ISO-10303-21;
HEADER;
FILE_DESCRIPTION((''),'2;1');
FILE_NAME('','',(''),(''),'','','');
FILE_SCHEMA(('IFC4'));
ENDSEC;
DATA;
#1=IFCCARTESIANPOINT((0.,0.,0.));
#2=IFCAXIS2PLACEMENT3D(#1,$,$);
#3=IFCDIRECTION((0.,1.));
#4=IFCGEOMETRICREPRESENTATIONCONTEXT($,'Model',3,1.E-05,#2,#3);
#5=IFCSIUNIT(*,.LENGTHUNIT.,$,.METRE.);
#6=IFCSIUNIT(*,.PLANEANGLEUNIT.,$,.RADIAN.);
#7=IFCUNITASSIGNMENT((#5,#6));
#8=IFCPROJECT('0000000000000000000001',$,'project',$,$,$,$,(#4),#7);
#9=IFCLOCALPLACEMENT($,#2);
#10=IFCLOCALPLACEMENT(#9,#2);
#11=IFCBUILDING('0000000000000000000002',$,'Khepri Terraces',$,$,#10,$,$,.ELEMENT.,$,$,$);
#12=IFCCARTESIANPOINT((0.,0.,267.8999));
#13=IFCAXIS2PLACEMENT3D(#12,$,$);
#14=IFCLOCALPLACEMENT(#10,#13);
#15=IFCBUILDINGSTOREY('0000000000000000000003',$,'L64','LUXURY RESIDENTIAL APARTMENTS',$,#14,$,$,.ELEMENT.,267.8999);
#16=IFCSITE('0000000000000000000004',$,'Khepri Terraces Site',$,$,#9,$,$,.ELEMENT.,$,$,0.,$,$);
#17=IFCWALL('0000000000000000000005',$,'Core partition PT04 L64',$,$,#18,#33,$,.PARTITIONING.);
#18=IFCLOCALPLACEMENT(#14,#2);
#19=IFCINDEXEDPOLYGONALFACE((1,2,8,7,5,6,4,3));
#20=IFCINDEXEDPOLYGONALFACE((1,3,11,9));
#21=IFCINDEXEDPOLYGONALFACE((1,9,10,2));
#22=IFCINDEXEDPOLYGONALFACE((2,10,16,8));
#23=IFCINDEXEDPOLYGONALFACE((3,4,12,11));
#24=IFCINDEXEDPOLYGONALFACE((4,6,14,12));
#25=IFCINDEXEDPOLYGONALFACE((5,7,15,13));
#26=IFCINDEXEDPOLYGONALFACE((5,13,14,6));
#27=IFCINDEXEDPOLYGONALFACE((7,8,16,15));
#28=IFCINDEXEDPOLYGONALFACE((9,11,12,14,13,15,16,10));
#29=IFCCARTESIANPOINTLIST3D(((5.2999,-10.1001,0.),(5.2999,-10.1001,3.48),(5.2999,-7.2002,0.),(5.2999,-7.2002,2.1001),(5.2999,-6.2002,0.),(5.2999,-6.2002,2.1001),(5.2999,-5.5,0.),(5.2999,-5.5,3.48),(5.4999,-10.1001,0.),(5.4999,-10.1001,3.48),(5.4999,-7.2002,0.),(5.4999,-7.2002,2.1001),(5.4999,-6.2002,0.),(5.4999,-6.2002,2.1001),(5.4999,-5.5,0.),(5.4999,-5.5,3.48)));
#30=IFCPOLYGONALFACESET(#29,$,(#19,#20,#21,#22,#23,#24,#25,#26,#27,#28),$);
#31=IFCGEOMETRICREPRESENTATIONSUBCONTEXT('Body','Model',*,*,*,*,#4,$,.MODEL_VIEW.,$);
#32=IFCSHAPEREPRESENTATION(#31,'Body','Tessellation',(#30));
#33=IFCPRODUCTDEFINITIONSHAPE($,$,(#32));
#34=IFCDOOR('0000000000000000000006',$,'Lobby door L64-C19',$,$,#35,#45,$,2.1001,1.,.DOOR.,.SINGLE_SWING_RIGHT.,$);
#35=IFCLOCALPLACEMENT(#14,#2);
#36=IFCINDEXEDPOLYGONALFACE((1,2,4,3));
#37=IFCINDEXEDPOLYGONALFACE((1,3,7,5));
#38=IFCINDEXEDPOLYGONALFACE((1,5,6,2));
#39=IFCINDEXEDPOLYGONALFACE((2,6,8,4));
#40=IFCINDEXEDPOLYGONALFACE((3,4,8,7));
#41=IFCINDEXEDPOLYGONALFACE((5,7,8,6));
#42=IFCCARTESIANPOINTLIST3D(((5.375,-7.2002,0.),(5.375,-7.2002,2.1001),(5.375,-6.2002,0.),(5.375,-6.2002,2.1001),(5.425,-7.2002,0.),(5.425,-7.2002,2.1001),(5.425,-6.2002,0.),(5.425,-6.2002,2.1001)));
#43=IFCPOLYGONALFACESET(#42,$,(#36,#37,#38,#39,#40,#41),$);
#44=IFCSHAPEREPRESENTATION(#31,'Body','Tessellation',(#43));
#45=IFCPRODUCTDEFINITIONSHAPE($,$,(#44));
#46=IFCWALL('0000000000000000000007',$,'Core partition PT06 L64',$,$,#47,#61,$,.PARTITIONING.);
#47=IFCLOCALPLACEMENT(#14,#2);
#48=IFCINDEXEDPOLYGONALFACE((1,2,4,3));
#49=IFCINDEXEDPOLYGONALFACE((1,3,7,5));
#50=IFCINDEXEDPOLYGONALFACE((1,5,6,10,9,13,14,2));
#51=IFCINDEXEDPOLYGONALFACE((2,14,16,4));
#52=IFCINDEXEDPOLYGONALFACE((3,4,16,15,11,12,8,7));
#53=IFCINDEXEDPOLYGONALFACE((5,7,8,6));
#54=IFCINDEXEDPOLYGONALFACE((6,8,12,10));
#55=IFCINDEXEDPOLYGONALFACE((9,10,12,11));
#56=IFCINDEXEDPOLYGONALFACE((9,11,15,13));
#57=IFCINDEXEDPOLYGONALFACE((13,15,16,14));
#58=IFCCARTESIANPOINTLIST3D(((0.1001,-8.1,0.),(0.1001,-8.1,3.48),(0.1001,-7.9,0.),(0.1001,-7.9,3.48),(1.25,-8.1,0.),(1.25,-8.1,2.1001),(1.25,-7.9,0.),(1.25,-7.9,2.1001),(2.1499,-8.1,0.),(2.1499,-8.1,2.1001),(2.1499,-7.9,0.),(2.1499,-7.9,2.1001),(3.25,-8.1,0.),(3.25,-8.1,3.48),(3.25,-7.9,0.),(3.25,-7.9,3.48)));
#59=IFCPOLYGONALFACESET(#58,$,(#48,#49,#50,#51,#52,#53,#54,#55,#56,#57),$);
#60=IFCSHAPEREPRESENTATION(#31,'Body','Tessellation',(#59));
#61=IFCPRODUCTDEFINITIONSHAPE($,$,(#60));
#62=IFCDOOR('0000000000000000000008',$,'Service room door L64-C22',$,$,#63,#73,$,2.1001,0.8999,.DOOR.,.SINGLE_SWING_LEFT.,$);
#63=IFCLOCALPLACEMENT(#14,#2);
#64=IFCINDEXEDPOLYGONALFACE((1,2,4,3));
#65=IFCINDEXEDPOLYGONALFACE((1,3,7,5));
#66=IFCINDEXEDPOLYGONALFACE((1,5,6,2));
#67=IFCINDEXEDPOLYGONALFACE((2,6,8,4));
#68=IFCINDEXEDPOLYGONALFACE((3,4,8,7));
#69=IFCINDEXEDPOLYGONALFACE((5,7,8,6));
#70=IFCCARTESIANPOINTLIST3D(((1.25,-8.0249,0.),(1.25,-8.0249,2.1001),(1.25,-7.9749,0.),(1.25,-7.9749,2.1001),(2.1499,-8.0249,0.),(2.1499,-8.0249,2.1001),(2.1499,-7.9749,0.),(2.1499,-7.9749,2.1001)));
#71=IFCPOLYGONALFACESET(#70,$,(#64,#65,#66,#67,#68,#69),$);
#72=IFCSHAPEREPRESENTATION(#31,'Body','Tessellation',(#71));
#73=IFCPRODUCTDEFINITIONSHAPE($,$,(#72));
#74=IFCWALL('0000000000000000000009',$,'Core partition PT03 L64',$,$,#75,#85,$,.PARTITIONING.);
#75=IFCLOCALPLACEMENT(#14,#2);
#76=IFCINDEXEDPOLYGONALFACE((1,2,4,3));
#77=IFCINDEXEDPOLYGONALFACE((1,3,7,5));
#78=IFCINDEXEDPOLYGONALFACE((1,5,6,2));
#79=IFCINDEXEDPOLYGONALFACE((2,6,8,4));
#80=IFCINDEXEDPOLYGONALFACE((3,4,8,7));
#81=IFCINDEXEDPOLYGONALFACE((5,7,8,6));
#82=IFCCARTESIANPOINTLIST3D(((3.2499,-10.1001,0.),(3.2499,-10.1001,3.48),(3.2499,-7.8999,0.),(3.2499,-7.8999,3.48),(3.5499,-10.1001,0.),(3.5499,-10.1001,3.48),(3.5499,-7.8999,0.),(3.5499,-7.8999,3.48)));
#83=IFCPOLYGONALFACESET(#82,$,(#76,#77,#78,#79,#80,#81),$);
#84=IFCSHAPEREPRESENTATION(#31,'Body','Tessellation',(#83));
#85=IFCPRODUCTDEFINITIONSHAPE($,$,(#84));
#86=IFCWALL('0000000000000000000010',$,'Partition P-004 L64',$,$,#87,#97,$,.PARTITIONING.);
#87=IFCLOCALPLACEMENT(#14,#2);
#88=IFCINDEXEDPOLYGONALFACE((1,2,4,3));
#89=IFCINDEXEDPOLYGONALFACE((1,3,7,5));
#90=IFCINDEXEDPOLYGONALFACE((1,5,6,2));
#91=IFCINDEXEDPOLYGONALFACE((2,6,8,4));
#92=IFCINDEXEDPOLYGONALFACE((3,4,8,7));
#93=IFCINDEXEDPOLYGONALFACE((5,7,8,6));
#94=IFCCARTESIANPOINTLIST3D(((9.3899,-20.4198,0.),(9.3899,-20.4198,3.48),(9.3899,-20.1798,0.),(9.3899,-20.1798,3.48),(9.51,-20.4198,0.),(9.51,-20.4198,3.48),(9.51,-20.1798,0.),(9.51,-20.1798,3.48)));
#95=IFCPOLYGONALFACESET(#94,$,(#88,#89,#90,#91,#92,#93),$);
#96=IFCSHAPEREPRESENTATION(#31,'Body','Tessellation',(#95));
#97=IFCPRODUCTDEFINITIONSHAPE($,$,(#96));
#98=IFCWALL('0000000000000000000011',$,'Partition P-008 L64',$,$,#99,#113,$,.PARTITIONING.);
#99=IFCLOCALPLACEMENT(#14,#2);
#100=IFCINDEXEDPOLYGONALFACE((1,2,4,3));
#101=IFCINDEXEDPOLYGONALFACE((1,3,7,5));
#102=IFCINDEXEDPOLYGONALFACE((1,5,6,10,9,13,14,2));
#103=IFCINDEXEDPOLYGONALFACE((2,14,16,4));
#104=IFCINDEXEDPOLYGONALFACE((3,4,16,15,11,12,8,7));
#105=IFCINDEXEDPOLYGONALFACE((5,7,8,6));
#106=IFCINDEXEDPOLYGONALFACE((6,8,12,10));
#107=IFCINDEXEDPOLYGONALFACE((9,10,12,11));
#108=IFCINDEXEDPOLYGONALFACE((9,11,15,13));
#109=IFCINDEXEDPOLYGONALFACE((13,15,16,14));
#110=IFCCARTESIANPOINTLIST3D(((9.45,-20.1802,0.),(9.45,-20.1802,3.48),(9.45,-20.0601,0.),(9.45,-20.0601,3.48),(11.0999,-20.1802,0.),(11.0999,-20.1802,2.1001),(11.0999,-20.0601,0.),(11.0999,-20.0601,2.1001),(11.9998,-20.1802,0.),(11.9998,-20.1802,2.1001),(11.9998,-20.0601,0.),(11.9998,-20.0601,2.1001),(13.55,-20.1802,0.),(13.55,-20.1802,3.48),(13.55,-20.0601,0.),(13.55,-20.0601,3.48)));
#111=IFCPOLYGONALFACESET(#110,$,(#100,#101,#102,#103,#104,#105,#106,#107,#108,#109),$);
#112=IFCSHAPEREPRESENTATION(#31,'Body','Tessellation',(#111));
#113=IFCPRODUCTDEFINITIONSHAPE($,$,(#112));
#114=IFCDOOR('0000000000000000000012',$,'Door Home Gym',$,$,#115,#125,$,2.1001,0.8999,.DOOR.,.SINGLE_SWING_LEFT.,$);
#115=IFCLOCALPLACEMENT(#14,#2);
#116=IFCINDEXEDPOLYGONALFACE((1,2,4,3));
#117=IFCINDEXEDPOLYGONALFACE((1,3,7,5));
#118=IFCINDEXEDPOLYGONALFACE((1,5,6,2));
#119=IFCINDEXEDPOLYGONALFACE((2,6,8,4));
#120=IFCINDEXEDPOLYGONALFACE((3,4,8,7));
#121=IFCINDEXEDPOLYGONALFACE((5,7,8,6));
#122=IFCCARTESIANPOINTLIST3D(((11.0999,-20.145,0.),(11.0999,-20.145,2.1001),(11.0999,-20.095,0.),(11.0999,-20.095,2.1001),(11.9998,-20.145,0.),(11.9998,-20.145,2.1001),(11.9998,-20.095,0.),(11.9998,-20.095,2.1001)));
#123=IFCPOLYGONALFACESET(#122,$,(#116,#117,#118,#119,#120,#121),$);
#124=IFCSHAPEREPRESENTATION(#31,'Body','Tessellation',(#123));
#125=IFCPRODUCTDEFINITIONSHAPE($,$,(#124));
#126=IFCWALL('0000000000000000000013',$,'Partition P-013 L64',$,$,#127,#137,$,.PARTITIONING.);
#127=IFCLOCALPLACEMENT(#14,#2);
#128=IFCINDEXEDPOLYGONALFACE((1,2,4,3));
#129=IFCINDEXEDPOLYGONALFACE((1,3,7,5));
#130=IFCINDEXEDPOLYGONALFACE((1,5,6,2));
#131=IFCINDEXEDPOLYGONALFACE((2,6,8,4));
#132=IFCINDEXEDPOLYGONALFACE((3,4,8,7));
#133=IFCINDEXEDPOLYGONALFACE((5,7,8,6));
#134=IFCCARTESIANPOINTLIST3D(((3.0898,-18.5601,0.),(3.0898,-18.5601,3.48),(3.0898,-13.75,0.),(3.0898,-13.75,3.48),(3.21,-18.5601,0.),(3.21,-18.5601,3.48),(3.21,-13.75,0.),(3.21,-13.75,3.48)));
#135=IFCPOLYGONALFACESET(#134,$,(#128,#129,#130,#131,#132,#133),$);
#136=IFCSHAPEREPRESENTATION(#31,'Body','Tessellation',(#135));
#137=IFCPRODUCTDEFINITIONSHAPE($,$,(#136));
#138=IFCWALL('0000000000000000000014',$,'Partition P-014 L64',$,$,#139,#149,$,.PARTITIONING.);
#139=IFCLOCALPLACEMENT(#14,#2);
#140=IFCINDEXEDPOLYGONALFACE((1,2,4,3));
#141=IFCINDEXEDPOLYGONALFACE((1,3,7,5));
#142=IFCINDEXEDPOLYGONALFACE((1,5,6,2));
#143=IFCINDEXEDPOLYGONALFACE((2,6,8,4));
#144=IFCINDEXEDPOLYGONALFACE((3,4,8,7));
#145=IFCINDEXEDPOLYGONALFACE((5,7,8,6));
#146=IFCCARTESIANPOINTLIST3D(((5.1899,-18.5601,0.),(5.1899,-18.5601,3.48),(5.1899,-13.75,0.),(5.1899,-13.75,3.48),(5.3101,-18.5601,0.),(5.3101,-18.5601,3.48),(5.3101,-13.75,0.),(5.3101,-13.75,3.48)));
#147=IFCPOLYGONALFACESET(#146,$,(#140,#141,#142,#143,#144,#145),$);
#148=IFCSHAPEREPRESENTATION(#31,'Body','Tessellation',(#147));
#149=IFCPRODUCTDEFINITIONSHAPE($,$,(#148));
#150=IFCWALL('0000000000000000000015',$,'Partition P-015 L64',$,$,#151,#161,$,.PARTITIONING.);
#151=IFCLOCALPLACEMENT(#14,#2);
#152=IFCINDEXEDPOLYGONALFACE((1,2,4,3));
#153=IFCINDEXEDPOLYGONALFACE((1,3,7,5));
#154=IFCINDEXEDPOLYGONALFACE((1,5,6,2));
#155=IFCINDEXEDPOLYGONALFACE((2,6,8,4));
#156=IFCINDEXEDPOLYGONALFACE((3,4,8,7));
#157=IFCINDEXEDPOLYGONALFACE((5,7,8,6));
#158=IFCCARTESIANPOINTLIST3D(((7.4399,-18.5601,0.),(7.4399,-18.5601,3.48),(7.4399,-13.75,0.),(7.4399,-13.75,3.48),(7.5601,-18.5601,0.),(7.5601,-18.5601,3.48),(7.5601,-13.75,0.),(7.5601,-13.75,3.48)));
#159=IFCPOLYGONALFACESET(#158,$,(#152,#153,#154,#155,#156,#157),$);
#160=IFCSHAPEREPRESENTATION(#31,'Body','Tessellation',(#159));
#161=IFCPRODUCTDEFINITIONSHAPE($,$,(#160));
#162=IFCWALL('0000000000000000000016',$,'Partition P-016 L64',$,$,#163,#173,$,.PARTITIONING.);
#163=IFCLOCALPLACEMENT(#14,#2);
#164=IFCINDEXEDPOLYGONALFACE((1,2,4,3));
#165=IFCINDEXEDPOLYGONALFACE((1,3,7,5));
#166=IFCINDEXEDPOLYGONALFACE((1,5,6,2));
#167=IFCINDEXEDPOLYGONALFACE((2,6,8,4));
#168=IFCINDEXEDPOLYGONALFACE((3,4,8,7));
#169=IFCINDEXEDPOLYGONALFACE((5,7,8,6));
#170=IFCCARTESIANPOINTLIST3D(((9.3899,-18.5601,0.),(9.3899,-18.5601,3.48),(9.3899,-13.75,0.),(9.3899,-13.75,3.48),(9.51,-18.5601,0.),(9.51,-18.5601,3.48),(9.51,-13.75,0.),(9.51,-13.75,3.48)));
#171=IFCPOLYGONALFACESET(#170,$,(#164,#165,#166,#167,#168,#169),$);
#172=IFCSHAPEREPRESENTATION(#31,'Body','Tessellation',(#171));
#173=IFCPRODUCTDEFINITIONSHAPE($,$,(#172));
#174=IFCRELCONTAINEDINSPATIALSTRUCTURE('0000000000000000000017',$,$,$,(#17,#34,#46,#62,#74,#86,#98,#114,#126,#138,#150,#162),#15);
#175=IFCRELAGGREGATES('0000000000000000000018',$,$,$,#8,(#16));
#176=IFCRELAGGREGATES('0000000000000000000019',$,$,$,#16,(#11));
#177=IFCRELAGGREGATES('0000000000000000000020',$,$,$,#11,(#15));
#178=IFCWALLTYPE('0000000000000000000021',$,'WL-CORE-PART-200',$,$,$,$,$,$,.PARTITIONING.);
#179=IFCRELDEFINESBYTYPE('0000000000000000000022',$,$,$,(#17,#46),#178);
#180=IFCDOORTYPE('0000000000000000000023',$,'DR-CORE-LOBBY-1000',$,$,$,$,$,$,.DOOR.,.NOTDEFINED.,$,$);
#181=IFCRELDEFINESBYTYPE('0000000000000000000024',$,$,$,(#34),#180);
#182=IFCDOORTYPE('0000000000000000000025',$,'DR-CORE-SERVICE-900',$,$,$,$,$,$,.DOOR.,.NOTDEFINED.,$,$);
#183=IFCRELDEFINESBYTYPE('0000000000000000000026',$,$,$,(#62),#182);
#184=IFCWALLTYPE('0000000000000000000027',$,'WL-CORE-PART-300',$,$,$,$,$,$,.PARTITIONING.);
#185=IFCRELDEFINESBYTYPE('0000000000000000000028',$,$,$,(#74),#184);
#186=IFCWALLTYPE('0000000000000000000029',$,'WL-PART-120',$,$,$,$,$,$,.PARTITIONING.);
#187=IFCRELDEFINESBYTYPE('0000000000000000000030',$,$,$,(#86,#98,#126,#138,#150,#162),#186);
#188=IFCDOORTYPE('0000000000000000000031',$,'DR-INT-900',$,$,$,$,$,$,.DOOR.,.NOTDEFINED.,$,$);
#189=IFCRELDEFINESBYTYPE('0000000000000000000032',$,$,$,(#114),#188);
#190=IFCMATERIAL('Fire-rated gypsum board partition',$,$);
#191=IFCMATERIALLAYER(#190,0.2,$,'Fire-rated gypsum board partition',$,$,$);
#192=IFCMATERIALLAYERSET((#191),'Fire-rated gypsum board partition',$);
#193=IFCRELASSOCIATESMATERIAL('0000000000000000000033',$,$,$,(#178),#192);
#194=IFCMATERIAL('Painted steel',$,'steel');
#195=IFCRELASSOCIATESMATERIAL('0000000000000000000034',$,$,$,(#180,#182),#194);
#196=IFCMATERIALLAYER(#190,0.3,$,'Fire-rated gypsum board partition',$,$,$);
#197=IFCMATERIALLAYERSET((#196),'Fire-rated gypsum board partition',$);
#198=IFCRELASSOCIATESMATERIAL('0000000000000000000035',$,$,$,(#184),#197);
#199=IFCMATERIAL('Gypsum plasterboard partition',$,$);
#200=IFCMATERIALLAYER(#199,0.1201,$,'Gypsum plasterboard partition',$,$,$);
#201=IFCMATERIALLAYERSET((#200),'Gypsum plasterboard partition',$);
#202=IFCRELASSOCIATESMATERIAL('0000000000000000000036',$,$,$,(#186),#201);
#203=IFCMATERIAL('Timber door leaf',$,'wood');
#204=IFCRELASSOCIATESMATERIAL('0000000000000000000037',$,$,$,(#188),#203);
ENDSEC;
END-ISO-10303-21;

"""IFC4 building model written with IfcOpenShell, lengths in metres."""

from ifc_helpers import new_model, si_unit, direction, frame, frame_2d, origin, place, context, subcontext, project, spatial, rectangle, extrude, material, layer, layer_set, type_object, element, fill, save


model = new_model("IFC4")

# Units and contexts
model_context = context("Model", 3, precision=1e-05, world=origin(), true_north=direction((0.0, 1.0)))
body_context = subcontext(model_context, "Body", "Model", "MODEL_VIEW")
ifc_project = project(units=[si_unit("LENGTHUNIT", "METRE"), si_unit("PLANEANGLEUNIT", "RADIAN")], contexts=[model_context])

# Site, building, storey
site_placement = place(None, origin())
site = spatial("IfcSite", under=ifc_project, at=site_placement, Name="Khepri Terraces Site", CompositionType="ELEMENT", RefElevation=0.0)
building_placement = place(site_placement, origin())
building = spatial("IfcBuilding", under=site, at=building_placement, Name="Khepri Terraces", CompositionType="ELEMENT")
storey_placement = place(building_placement, frame((0.0, 0.0, 267.8999)))
storey = spatial("IfcBuildingStorey", under=building, at=storey_placement, Name="L64", Description="LUXURY RESIDENTIAL APARTMENTS", CompositionType="ELEMENT", Elevation=267.8999)

# Shared definitions
ifc_material_1 = material(Name="Fire-rated gypsum board partition")
ifc_layer_1 = layer(ifc_material_1, 0.2, Name="Fire-rated gypsum board partition")
ifc_layer_set_1 = layer_set([ifc_layer_1], Name="Fire-rated gypsum board partition")
wall_type_1 = type_object("IfcWallType", Name="WL-CORE-PART-200", PredefinedType="PARTITIONING", material=ifc_layer_set_1)

# Walls, openings, doors
wall_1_placement = place(storey_placement, frame((5.3999, -10.1001, 0.0), z_axis=(0.0, 0.0, 1.0), x_axis=(0.0, 1.0, 0.0)))
wall_1 = element("IfcWall", 1, at=wall_1_placement, inside=storey, type_object=wall_type_1, Name="Core partition PT04 L64", PredefinedType="PARTITIONING", context=body_context, shape_type="SweptSolid", body=[
    extrude(rectangle(XDim=4.6001, YDim=0.2, at=frame_2d((2.3, 0.0))), origin(), (0.0, 0.0, 1.0), 3.48),
])
opening_1_placement = place(wall_1_placement, frame((2.8999, 0.0, 0.0)))
opening_1 = element("IfcOpeningElement", 2, at=opening_1_placement, cuts=wall_1, PredefinedType="OPENING", context=body_context, shape_type="SweptSolid", body=[
    extrude(rectangle(XDim=1.0, YDim=2.1001, at=frame_2d((0.5, 1.05))), frame((0.0, 0.1099, 0.0), z_axis=(0.0, -1.0, 0.0), x_axis=(1.0, 0.0, 0.0)), (0.0, 0.0, 1.0), 0.22),
])
ifc_material_2 = material(Name="Painted steel", Category="steel")
door_type_1 = type_object("IfcDoorType", Name="DR-CORE-LOBBY-1000", OperationType="NOTDEFINED", PredefinedType="DOOR", material=ifc_material_2)
door_1_placement = place(opening_1_placement, origin())
door_1 = element("IfcDoor", 3, at=door_1_placement, inside=storey, type_object=door_type_1, Name="Lobby door L64-C19", OperationType="SINGLE_SWING_RIGHT", OverallHeight=2.1001, OverallWidth=1.0, PredefinedType="DOOR", context=body_context, shape_type="SweptSolid", body=[
    extrude(rectangle(XDim=1.0, YDim=2.1001, at=frame_2d((0.5, 1.05))), frame((0.0, 0.0249, 0.0), z_axis=(0.0, -1.0, 0.0), x_axis=(1.0, 0.0, 0.0)), (0.0, 0.0, 1.0), 0.05),
])
fill(opening_1, door_1)
wall_2_placement = place(storey_placement, frame((0.1001, -8.0, 0.0), z_axis=(0.0, 0.0, 1.0), x_axis=(1.0, 0.0, 0.0)))
wall_2 = element("IfcWall", 4, at=wall_2_placement, inside=storey, type_object=wall_type_1, Name="Core partition PT06 L64", PredefinedType="PARTITIONING", context=body_context, shape_type="SweptSolid", body=[
    extrude(rectangle(XDim=3.1499, YDim=0.2, at=frame_2d((1.575, 0.0))), origin(), (0.0, 0.0, 1.0), 3.48),
])
opening_2_placement = place(wall_2_placement, frame((1.1499, 0.0, 0.0)))
opening_2 = element("IfcOpeningElement", 5, at=opening_2_placement, cuts=wall_2, PredefinedType="OPENING", context=body_context, shape_type="SweptSolid", body=[
    extrude(rectangle(XDim=0.8999, YDim=2.1001, at=frame_2d((0.45, 1.05))), frame((0.0, 0.1099, 0.0), z_axis=(0.0, -1.0, 0.0), x_axis=(1.0, 0.0, 0.0)), (0.0, 0.0, 1.0), 0.22),
])
door_type_2 = type_object("IfcDoorType", Name="DR-CORE-SERVICE-900", OperationType="NOTDEFINED", PredefinedType="DOOR", material=ifc_material_2)
door_2_placement = place(opening_2_placement, frame((0.8999, 0.0, 0.0), z_axis=(0.0, 0.0, 1.0), x_axis=(-1.0, 0.0, 0.0)))
door_2 = element("IfcDoor", 6, at=door_2_placement, inside=storey, type_object=door_type_2, Name="Service room door L64-C22", OperationType="SINGLE_SWING_LEFT", OverallHeight=2.1001, OverallWidth=0.8999, PredefinedType="DOOR", context=body_context, shape_type="SweptSolid", body=[
    extrude(rectangle(XDim=0.8999, YDim=2.1001, at=frame_2d((0.45, 1.05))), frame((0.0, 0.0249, 0.0), z_axis=(0.0, -1.0, 0.0), x_axis=(1.0, 0.0, 0.0)), (0.0, 0.0, 1.0), 0.05),
])
fill(opening_2, door_2)

# Walls
ifc_layer_2 = layer(ifc_material_1, 0.3, Name="Fire-rated gypsum board partition")
ifc_layer_set_2 = layer_set([ifc_layer_2], Name="Fire-rated gypsum board partition")
wall_type_2 = type_object("IfcWallType", Name="WL-CORE-PART-300", PredefinedType="PARTITIONING", material=ifc_layer_set_2)
wall_3_placement = place(storey_placement, frame((3.3999, -10.1001, 0.0), z_axis=(0.0, 0.0, 1.0), x_axis=(0.0, 1.0, 0.0)))
element("IfcWall", 7, at=wall_3_placement, inside=storey, type_object=wall_type_2, Name="Core partition PT03 L64", PredefinedType="PARTITIONING", context=body_context, shape_type="SweptSolid", body=[
    extrude(rectangle(XDim=2.2002, YDim=0.3, at=frame_2d((1.1001, 0.0))), origin(), (0.0, 0.0, 1.0), 3.48),
])
ifc_material_3 = material(Name="Gypsum plasterboard partition")
ifc_layer_3 = layer(ifc_material_3, 0.1201, Name="Gypsum plasterboard partition")
ifc_layer_set_3 = layer_set([ifc_layer_3], Name="Gypsum plasterboard partition")
wall_type_3 = type_object("IfcWallType", Name="WL-PART-120", PredefinedType="PARTITIONING", material=ifc_layer_set_3)
wall_4_placement = place(storey_placement, frame((9.45, -20.4199, 0.0), z_axis=(0.0, 0.0, 1.0), x_axis=(0.0, 1.0, 0.0)))
element("IfcWall", 8, at=wall_4_placement, inside=storey, type_object=wall_type_3, Name="Partition P-004 L64", PredefinedType="PARTITIONING", context=body_context, shape_type="SweptSolid", body=[
    extrude(rectangle(XDim=0.24, YDim=0.1201, at=frame_2d((0.1201, 0.0))), origin(), (0.0, 0.0, 1.0), 3.48),
])

# Wall, opening, door
wall_5_placement = place(storey_placement, frame((9.45, -20.1201, 0.0), z_axis=(0.0, 0.0, 1.0), x_axis=(1.0, 0.0, 0.0)))
wall_5 = element("IfcWall", 9, at=wall_5_placement, inside=storey, type_object=wall_type_3, Name="Partition P-008 L64", PredefinedType="PARTITIONING", context=body_context, shape_type="SweptSolid", body=[
    extrude(rectangle(XDim=4.1001, YDim=0.1201, at=frame_2d((2.05, 0.0))), origin(), (0.0, 0.0, 1.0), 3.48),
])
opening_3_placement = place(wall_5_placement, frame((1.6499, 0.0, 0.0)))
opening_3 = element("IfcOpeningElement", 10, at=opening_3_placement, cuts=wall_5, PredefinedType="OPENING", context=body_context, shape_type="SweptSolid", body=[
    extrude(rectangle(XDim=0.8999, YDim=2.1001, at=frame_2d((0.45, 1.05))), frame((0.0, 0.0701, 0.0), z_axis=(0.0, -1.0, 0.0), x_axis=(1.0, 0.0, 0.0)), (0.0, 0.0, 1.0), 0.1401),
])
ifc_material_4 = material(Name="Timber door leaf", Category="wood")
door_type_3 = type_object("IfcDoorType", Name="DR-INT-900", OperationType="NOTDEFINED", PredefinedType="DOOR", material=ifc_material_4)
door_3_placement = place(opening_3_placement, frame((0.8999, 0.0, 0.0), z_axis=(0.0, 0.0, 1.0), x_axis=(-1.0, 0.0, 0.0)))
door_3 = element("IfcDoor", 11, at=door_3_placement, inside=storey, type_object=door_type_3, Name="Door Home Gym", OperationType="SINGLE_SWING_LEFT", OverallHeight=2.1001, OverallWidth=0.8999, PredefinedType="DOOR", context=body_context, shape_type="SweptSolid", body=[
    extrude(rectangle(XDim=0.8999, YDim=2.1001, at=frame_2d((0.45, 1.05))), frame((0.0, 0.0249, 0.0), z_axis=(0.0, -1.0, 0.0), x_axis=(1.0, 0.0, 0.0)), (0.0, 0.0, 1.0), 0.05),
])
fill(opening_3, door_3)

# Walls
for number, where, z_axis, x_axis, name in (
    (12, (3.1499, -18.5601, 0.0), (0.0, 0.0, 1.0), (0.0, 1.0, 0.0), "Partition P-013 L64"),
    (13, (5.25, -18.5601, 0.0), (0.0, 0.0, 1.0), (0.0, 1.0, 0.0), "Partition P-014 L64"),
    (14, (7.5, -18.5601, 0.0), (0.0, 0.0, 1.0), (0.0, 1.0, 0.0), "Partition P-015 L64"),
    (15, (9.45, -18.5601, 0.0), (0.0, 0.0, 1.0), (0.0, 1.0, 0.0), "Partition P-016 L64"),
):
    element("IfcWall", number, at=place(storey_placement, frame(where, z_axis=z_axis, x_axis=x_axis)), inside=storey, type_object=wall_type_3, Name=name, PredefinedType="PARTITIONING", context=body_context, shape_type="SweptSolid", body=[
        extrude(rectangle(XDim=4.8101, YDim=0.1201, at=frame_2d((2.405, 0.0))), origin(), (0.0, 0.0, 1.0), 3.48),
    ])

save(model, "model.ifc")
